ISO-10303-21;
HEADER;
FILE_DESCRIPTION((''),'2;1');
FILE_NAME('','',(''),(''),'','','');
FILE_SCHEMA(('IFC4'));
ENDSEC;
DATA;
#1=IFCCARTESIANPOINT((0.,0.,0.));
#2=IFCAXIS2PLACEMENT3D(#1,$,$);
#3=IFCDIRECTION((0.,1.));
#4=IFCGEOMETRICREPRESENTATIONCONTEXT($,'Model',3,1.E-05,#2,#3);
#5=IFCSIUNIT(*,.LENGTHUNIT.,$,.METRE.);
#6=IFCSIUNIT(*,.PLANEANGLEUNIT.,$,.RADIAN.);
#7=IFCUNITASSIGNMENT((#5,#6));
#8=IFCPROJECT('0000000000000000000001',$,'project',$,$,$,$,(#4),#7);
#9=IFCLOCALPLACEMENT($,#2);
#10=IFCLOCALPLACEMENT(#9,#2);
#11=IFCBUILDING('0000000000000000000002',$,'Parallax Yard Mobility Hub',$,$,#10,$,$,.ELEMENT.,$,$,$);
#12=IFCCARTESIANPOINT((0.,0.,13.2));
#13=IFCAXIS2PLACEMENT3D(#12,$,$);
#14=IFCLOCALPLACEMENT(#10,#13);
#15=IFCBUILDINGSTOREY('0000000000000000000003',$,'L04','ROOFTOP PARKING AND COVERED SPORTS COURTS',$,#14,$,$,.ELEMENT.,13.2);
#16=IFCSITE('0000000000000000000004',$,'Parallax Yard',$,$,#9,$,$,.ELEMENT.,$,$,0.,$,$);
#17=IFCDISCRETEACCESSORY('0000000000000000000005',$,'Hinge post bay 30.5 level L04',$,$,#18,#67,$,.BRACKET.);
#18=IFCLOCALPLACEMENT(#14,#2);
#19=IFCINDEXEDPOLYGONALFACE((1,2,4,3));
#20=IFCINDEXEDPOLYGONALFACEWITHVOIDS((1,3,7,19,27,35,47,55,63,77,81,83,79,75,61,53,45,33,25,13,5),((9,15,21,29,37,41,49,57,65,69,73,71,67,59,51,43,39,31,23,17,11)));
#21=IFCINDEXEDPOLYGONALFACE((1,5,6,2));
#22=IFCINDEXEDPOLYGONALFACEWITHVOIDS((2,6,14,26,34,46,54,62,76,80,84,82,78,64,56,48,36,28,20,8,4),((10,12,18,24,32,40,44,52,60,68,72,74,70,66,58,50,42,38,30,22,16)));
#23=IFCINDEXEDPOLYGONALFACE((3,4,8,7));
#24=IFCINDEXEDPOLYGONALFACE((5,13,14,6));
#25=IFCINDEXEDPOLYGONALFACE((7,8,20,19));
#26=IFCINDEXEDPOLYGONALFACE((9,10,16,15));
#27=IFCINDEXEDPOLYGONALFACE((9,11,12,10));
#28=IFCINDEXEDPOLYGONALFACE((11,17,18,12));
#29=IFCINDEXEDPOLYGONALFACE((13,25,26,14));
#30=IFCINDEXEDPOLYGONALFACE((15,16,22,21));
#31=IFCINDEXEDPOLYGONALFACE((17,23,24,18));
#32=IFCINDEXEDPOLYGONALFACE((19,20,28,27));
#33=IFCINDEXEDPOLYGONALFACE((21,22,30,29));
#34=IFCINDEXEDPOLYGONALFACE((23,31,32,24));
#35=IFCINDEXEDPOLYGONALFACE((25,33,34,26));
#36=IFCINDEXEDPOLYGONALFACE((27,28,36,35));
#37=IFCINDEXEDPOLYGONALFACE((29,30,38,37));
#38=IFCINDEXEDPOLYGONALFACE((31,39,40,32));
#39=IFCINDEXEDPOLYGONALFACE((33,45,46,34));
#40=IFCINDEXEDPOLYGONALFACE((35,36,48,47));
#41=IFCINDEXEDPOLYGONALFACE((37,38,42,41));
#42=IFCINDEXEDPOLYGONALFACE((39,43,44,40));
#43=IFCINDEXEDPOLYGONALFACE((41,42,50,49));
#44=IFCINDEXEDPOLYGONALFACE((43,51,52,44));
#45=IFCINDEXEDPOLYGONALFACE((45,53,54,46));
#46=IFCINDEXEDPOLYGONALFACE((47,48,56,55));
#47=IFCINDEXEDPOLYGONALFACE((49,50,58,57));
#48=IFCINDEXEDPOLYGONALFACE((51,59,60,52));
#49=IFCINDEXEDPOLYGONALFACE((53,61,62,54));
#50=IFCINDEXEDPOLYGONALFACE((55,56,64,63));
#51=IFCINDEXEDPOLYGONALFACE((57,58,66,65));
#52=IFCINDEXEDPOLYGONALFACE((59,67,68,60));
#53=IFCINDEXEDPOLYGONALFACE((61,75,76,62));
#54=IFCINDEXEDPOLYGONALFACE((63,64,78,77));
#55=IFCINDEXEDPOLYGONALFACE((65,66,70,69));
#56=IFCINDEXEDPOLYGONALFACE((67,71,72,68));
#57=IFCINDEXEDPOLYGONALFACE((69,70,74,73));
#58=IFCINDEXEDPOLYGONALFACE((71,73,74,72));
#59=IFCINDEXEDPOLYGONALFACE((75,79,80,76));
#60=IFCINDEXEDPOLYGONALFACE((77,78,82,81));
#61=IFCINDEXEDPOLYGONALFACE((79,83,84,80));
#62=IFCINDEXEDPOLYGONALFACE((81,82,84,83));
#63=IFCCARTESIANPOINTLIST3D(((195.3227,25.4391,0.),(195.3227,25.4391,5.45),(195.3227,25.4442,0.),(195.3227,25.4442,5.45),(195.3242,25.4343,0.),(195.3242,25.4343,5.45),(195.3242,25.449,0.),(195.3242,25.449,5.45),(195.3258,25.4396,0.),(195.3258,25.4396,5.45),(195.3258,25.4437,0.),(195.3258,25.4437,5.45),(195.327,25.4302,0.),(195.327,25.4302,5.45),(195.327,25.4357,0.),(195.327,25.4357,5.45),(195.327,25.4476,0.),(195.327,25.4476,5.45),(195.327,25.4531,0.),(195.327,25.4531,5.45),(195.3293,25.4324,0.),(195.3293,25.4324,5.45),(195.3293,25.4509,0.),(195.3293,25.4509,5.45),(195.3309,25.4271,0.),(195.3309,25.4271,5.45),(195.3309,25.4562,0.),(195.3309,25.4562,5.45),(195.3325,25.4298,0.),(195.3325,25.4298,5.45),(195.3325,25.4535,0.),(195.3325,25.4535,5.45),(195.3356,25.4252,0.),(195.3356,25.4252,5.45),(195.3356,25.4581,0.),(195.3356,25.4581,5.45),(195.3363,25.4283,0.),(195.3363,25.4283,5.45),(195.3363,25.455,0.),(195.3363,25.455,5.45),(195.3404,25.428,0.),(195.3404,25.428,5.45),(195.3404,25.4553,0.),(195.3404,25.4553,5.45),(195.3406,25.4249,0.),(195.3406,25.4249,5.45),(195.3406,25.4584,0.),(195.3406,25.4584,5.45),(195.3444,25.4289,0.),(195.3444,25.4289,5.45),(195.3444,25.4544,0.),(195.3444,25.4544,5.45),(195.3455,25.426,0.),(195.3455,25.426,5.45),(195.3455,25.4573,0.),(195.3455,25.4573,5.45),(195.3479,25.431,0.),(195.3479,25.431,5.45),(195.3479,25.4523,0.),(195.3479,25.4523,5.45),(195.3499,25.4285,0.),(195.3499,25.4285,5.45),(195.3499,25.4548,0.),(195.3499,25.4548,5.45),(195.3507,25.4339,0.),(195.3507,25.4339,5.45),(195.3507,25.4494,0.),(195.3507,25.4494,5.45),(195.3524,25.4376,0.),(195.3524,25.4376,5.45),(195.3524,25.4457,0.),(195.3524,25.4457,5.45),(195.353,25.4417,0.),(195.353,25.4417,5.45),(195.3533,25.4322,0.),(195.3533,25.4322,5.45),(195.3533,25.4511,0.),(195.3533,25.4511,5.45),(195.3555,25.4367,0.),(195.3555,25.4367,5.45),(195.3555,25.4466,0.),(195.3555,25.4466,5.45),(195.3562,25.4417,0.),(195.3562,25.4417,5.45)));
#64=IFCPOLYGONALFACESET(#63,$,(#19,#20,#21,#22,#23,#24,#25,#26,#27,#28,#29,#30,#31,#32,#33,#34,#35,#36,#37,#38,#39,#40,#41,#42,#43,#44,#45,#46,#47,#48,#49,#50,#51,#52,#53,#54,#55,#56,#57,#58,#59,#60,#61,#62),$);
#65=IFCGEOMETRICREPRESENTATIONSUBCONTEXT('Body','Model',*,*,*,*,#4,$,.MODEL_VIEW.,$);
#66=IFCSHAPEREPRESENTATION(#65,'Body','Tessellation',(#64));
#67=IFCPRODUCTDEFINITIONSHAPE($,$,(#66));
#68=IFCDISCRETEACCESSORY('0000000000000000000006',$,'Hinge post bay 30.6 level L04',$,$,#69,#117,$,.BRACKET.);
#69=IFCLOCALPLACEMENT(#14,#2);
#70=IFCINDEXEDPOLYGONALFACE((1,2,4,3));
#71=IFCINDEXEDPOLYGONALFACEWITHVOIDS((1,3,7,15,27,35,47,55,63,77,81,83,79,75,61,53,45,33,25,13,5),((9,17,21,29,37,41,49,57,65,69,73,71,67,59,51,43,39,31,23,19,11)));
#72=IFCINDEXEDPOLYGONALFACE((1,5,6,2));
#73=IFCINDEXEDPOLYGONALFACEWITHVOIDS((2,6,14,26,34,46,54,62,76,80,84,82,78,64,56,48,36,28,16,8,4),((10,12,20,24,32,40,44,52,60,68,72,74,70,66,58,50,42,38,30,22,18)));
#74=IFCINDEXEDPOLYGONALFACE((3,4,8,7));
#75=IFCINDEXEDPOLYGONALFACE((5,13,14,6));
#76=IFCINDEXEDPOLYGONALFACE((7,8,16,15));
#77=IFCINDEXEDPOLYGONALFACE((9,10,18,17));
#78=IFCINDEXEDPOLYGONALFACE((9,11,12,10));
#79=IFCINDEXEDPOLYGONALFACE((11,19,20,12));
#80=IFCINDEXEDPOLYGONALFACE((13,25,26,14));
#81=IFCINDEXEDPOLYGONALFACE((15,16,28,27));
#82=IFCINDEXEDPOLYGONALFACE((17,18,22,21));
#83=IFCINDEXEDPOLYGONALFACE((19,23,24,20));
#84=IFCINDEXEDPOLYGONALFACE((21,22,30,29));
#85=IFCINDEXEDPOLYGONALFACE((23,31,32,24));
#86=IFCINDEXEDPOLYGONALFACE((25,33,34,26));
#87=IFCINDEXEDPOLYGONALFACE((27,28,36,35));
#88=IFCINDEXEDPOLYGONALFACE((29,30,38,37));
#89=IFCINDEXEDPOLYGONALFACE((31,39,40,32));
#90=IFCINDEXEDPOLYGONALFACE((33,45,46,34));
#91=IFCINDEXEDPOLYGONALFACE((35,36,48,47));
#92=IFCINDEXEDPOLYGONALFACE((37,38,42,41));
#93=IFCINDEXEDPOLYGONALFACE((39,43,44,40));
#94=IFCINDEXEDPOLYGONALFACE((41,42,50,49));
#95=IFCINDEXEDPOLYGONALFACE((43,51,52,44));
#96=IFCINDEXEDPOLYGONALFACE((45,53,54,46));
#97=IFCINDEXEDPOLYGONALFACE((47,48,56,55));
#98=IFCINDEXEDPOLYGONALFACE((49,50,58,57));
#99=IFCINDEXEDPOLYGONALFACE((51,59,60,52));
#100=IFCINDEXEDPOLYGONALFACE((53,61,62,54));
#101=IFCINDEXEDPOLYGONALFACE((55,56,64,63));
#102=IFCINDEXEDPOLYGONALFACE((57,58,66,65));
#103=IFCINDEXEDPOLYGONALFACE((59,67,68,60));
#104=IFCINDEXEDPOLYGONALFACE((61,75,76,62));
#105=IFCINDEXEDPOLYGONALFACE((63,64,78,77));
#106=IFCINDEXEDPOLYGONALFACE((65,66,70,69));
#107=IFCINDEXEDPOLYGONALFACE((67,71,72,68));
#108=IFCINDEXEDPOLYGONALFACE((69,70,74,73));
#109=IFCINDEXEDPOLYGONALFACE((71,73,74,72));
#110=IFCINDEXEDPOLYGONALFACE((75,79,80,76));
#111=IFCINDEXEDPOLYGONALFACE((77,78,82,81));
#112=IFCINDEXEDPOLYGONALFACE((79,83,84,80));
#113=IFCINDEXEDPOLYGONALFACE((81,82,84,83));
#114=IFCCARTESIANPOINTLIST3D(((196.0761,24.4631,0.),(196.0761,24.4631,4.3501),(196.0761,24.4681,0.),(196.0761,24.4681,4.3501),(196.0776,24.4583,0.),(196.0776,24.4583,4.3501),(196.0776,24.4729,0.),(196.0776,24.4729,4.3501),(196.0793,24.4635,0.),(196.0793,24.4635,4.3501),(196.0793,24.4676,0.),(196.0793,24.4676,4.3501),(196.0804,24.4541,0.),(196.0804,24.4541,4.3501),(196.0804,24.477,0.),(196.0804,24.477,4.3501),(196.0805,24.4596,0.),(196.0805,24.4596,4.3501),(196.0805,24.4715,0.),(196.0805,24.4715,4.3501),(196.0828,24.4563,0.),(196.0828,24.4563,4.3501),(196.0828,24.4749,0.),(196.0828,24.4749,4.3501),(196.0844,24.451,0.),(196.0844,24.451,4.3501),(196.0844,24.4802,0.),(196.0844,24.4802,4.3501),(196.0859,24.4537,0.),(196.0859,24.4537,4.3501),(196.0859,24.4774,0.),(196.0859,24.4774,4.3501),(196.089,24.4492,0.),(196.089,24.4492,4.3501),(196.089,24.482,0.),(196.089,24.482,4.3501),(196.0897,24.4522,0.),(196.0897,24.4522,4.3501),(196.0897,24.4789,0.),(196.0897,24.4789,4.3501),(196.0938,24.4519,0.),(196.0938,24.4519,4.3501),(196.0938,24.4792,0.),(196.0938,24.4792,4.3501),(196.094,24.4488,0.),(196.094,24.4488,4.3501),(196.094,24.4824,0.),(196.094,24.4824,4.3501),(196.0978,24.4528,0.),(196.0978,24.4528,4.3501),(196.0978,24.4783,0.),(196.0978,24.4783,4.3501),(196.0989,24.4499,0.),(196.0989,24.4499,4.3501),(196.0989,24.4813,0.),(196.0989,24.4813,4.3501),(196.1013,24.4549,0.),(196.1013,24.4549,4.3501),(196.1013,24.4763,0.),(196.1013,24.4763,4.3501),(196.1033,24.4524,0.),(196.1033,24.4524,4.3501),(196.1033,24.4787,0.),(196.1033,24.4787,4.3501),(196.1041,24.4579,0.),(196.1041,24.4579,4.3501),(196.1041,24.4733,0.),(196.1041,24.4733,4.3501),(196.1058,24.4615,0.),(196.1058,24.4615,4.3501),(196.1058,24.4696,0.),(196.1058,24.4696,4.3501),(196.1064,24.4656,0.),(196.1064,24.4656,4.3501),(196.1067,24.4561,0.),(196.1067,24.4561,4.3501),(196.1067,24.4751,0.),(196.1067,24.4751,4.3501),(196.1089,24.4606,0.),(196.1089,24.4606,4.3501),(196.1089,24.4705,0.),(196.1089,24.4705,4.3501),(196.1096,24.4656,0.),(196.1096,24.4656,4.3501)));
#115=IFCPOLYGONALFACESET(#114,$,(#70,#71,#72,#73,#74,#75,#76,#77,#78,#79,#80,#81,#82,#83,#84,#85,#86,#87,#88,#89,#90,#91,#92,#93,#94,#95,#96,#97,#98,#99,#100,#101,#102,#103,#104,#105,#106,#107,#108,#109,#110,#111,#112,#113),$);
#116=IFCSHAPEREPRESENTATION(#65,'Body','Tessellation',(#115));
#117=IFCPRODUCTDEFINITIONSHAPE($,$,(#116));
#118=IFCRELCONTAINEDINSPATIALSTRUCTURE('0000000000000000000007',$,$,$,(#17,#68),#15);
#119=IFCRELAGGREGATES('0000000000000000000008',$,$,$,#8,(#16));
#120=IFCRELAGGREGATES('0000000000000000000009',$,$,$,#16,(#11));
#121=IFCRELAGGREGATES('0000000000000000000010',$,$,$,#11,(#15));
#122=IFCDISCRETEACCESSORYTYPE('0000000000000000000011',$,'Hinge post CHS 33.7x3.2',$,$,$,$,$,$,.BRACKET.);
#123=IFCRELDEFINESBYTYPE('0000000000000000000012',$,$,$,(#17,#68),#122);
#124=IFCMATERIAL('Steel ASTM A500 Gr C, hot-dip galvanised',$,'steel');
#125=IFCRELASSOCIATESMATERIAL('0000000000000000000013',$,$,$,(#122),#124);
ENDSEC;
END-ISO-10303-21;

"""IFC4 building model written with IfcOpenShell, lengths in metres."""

from ifc_helpers import new_model, si_unit, direction, frame, origin, origin_2d, place, context, subcontext, project, spatial, hollow_circle, extrude, material, material_profile, profile_set, type_object, element, save


model = new_model("IFC4")

# Units and contexts
model_context = context("Model", 3, precision=1e-05, world=origin(), true_north=direction((0.0, 1.0)))
body_context = subcontext(model_context, "Body", "Model", "MODEL_VIEW")
ifc_project = project(units=[si_unit("LENGTHUNIT", "METRE"), si_unit("PLANEANGLEUNIT", "RADIAN")], contexts=[model_context])

# Site, building, storey
site_placement = place(None, origin())
site = spatial("IfcSite", under=ifc_project, at=site_placement, Name="Parallax Yard", CompositionType="ELEMENT", RefElevation=0.0)
building_placement = place(site_placement, origin())
building = spatial("IfcBuilding", under=site, at=building_placement, Name="Parallax Yard Mobility Hub", CompositionType="ELEMENT")
storey_placement = place(building_placement, frame((0.0, 0.0, 13.2)))
storey = spatial("IfcBuildingStorey", under=building, at=storey_placement, Name="L04", Description="ROOFTOP PARKING AND COVERED SPORTS COURTS", CompositionType="ELEMENT", Elevation=13.2)

# Discrete accessories
ifc_material_1 = material(Name="Steel ASTM A500 Gr C, hot-dip galvanised", Category="steel")
ifc_material_profile_1 = material_profile(ifc_material_1, hollow_circle(Radius=0.0168, WallThickness=0.0032, at=origin_2d()), Name="CHS 33.7x3.2")
ifc_profile_set_1 = profile_set([ifc_material_profile_1], Name="Steel ASTM A500 Gr C, hot-dip galvanised")
discrete_accessory_type_1 = type_object("IfcDiscreteAccessoryType", Name="Hinge post CHS 33.7x3.2", PredefinedType="BRACKET", material=ifc_profile_set_1)
for number, where, z_axis, x_axis, name in (
    (1, (195.3394, 25.4417, 0.0), (0.0, 0.0, 1.0), (1.0, 0.0, 0.0), "Hinge post bay 30.5 level L04"),
):
    element("IfcDiscreteAccessory", number, at=place(storey_placement, frame(where, z_axis=z_axis, x_axis=x_axis)), inside=storey, type_object=discrete_accessory_type_1, Name=name, PredefinedType="BRACKET", context=body_context, shape_type="SweptSolid", body=[
        extrude(hollow_circle(Radius=0.0168, WallThickness=0.0032, at=origin_2d()), origin(), (0.0, 0.0, 1.0), 5.45),
    ])
discrete_accessory_1_placement = place(storey_placement, frame((196.0928, 24.4656, 0.0), z_axis=(0.0, 0.0, 1.0), x_axis=(1.0, 0.0, 0.0)))
element("IfcDiscreteAccessory", 2, at=discrete_accessory_1_placement, inside=storey, type_object=discrete_accessory_type_1, Name="Hinge post bay 30.6 level L04", PredefinedType="BRACKET", context=body_context, shape_type="SweptSolid", body=[
    extrude(hollow_circle(Radius=0.0168, WallThickness=0.0032, at=origin_2d()), origin(), (0.0, 0.0, 1.0), 4.3501),
])

save(model, "model.ifc")
